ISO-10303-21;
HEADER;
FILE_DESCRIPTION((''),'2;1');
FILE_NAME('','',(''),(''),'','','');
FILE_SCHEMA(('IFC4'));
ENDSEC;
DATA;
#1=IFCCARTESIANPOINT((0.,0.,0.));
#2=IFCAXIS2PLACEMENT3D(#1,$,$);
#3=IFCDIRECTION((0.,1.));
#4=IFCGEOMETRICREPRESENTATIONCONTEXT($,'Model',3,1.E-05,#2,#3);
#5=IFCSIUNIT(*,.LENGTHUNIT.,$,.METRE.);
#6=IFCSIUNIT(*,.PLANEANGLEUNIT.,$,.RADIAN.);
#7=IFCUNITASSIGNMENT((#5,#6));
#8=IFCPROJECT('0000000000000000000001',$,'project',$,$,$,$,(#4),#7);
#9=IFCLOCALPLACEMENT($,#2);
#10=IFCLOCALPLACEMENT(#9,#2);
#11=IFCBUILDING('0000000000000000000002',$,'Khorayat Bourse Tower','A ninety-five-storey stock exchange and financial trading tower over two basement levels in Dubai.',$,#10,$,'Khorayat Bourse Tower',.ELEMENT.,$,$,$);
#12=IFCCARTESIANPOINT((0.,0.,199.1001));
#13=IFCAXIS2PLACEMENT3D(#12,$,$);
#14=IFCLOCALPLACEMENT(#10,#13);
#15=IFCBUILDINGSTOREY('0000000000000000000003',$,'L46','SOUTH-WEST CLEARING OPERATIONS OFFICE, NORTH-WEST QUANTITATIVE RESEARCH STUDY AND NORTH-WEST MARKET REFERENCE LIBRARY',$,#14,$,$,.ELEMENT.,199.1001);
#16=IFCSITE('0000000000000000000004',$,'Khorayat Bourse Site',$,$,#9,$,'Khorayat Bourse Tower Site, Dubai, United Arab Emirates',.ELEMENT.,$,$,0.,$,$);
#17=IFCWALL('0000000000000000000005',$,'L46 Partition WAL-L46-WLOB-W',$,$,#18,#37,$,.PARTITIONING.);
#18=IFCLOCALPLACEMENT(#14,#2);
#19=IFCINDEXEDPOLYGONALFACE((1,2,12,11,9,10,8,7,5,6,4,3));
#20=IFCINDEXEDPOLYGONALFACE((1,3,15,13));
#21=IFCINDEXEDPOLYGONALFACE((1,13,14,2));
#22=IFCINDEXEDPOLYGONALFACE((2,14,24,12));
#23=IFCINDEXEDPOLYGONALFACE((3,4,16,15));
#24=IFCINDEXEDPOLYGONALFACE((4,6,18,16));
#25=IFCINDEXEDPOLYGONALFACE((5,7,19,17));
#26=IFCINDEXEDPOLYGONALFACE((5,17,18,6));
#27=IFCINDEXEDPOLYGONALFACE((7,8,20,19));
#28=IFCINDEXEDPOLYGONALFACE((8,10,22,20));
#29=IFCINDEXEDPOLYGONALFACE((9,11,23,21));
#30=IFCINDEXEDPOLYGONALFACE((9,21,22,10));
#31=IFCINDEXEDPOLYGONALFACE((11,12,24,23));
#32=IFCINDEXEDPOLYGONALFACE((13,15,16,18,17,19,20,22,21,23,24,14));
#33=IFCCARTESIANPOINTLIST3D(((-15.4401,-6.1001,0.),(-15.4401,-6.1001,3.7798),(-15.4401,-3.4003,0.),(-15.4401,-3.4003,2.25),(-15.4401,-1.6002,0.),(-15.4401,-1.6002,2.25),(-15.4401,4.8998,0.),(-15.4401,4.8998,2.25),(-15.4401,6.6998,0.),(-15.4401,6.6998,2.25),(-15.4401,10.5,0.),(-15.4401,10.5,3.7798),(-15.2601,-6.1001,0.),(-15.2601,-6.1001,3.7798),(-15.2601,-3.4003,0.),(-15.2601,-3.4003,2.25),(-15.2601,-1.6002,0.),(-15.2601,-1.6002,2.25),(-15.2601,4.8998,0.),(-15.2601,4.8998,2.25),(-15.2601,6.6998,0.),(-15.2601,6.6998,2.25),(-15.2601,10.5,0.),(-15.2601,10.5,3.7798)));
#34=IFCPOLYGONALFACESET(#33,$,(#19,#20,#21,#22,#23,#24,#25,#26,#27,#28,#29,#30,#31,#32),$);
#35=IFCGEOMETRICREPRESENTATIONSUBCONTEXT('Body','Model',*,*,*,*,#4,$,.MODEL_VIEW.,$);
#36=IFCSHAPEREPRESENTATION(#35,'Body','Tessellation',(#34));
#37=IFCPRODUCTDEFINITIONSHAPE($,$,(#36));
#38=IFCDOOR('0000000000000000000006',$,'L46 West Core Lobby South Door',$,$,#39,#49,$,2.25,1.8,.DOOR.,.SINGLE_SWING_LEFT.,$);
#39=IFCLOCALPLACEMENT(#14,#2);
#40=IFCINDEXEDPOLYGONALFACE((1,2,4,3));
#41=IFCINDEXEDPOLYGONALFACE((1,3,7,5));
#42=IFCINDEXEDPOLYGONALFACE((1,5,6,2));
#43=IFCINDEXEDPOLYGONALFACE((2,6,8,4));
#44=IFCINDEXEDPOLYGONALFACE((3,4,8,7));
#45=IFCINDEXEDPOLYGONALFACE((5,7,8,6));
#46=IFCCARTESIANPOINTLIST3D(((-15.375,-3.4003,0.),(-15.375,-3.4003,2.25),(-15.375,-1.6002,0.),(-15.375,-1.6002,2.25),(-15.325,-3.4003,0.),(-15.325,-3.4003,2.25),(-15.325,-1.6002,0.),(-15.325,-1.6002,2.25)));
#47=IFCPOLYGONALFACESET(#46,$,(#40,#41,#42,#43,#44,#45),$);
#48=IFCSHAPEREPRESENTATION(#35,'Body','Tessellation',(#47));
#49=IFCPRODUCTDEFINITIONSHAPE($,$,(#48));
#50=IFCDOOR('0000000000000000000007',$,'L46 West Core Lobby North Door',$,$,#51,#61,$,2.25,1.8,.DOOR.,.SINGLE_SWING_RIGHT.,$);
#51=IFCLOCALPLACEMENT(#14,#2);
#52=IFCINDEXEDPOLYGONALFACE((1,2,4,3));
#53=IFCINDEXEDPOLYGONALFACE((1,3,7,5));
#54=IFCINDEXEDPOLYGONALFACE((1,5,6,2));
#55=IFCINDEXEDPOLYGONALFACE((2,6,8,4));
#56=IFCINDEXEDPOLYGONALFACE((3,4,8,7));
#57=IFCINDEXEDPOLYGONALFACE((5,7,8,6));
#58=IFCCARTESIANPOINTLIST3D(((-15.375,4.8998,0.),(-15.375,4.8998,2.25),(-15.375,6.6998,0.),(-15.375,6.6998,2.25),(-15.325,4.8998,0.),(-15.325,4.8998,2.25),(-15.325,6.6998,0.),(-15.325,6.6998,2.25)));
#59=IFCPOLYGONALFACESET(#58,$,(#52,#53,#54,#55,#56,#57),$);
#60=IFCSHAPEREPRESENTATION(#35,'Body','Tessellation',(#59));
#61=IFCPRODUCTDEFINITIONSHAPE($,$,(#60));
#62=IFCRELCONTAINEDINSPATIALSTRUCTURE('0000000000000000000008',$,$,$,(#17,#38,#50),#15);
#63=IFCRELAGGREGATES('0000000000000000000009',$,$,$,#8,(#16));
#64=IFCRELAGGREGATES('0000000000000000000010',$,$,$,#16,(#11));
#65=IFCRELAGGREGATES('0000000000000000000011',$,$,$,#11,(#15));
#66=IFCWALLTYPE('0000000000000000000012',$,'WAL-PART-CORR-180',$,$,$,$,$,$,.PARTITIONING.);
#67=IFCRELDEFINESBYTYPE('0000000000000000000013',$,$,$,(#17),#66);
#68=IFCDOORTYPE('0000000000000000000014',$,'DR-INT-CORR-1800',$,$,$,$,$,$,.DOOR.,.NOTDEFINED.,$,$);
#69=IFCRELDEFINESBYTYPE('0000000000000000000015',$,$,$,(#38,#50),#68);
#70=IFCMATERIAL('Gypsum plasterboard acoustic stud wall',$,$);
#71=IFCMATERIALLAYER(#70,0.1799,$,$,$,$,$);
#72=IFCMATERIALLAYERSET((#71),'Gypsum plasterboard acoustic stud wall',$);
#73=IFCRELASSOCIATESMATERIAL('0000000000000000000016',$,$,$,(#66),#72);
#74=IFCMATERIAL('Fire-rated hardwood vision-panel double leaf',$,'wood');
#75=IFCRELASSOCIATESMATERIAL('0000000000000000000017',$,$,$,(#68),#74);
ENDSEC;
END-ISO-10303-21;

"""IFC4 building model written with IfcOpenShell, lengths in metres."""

from ifc_helpers import new_model, si_unit, direction, frame, frame_2d, origin, place, context, subcontext, project, spatial, rectangle, extrude, source, transform, mapped, material, layer, layer_set, type_object, element, fill, save


model = new_model("IFC4")

# Units and contexts
model_context = context("Model", 3, precision=1e-05, world=origin(), true_north=direction((0.0, 1.0)))
body_context = subcontext(model_context, "Body", "Model", "MODEL_VIEW")
ifc_project = project(units=[si_unit("LENGTHUNIT", "METRE"), si_unit("PLANEANGLEUNIT", "RADIAN")], contexts=[model_context])

# Site, building, storey
site_placement = place(None, origin())
site = spatial("IfcSite", under=ifc_project, at=site_placement, Name="Khorayat Bourse Site", LongName="Khorayat Bourse Tower Site, Dubai, United Arab Emirates", CompositionType="ELEMENT", RefElevation=0.0)
building_placement = place(site_placement, origin())
building = spatial("IfcBuilding", under=site, at=building_placement, Name="Khorayat Bourse Tower", Description="A ninety-five-storey stock exchange and financial trading tower over two basement levels in Dubai.", LongName="Khorayat Bourse Tower", CompositionType="ELEMENT")
storey_placement = place(building_placement, frame((0.0, 0.0, 199.1001)))
storey = spatial("IfcBuildingStorey", under=building, at=storey_placement, Name="L46", Description="SOUTH-WEST CLEARING OPERATIONS OFFICE, NORTH-WEST QUANTITATIVE RESEARCH STUDY AND NORTH-WEST MARKET REFERENCE LIBRARY", CompositionType="ELEMENT", Elevation=199.1001)

# Wall, openings, doors
ifc_material_1 = material(Name="Gypsum plasterboard acoustic stud wall")
ifc_layer_1 = layer(ifc_material_1, 0.1799)
ifc_layer_set_1 = layer_set([ifc_layer_1], Name="Gypsum plasterboard acoustic stud wall")
wall_type_1 = type_object("IfcWallType", Name="WAL-PART-CORR-180", PredefinedType="PARTITIONING", material=ifc_layer_set_1)
shared_shape_1 = source(origin(), body_context, "Body", "SweptSolid", [
    extrude(rectangle(XDim=16.6001, YDim=0.1799, at=frame_2d((8.3, 0.0))), origin(), (0.0, 0.0, 1.0), 3.7798),
])
wall_1_placement = place(storey_placement, frame((-15.3501, -6.1001, 0.0), z_axis=(0.0, 0.0, 1.0), x_axis=(0.0, 1.0, 0.0)))
wall_1 = element("IfcWall", 1, at=wall_1_placement, inside=storey, type_object=wall_type_1, Name="L46 Partition WAL-L46-WLOB-W", PredefinedType="PARTITIONING", context=body_context, shape_type="MappedRepresentation", body=[
    mapped(shared_shape_1, transform((0.0, 0.0, 0.0), scale=1.0)),
])
shared_shape_2 = source(origin(), body_context, "Body", "SweptSolid", [
    extrude(rectangle(XDim=1.8, YDim=2.25, at=frame_2d((0.8999, 1.125))), frame((0.0, 0.0999, 0.0), z_axis=(0.0, -1.0, 0.0), x_axis=(1.0, 0.0, 0.0)), (0.0, 0.0, 1.0), 0.2),
])
opening_1_placement = place(wall_1_placement, frame((2.7, 0.0, 0.0)))
opening_1 = element("IfcOpeningElement", 2, at=opening_1_placement, cuts=wall_1, PredefinedType="OPENING", context=body_context, shape_type="MappedRepresentation", body=[
    mapped(shared_shape_2, transform((0.0, 0.0, 0.0), scale=1.0)),
])
opening_2_placement = place(wall_1_placement, frame((11.0, 0.0, 0.0)))
opening_2 = element("IfcOpeningElement", 3, at=opening_2_placement, cuts=wall_1, PredefinedType="OPENING", context=body_context, shape_type="MappedRepresentation", body=[
    mapped(shared_shape_2, transform((0.0, 0.0, 0.0), scale=1.0)),
])
ifc_material_2 = material(Name="Fire-rated hardwood vision-panel double leaf", Category="wood")
door_type_1 = type_object("IfcDoorType", Name="DR-INT-CORR-1800", OperationType="NOTDEFINED", PredefinedType="DOOR", material=ifc_material_2)
shared_shape_3 = source(origin(), body_context, "Body", "SweptSolid", [
    extrude(rectangle(XDim=1.8, YDim=2.25, at=frame_2d((0.8999, 1.125))), frame((0.0, 0.0249, 0.0), z_axis=(0.0, -1.0, 0.0), x_axis=(1.0, 0.0, 0.0)), (0.0, 0.0, 1.0), 0.05),
])
door_1_placement = place(opening_1_placement, origin())
door_1 = element("IfcDoor", 4, at=door_1_placement, inside=storey, type_object=door_type_1, Name="L46 West Core Lobby South Door", OperationType="SINGLE_SWING_LEFT", OverallHeight=2.25, OverallWidth=1.8, PredefinedType="DOOR", context=body_context, shape_type="MappedRepresentation", body=[
    mapped(shared_shape_3, transform((0.0, 0.0, 0.0), scale=1.0)),
])
fill(opening_1, door_1)
door_2_placement = place(opening_2_placement, origin())
door_2 = element("IfcDoor", 5, at=door_2_placement, inside=storey, type_object=door_type_1, Name="L46 West Core Lobby North Door", OperationType="SINGLE_SWING_RIGHT", OverallHeight=2.25, OverallWidth=1.8, PredefinedType="DOOR", context=body_context, shape_type="MappedRepresentation", body=[
    mapped(shared_shape_3, transform((0.0, 0.0, 0.0), scale=1.0)),
])
fill(opening_2, door_2)

save(model, "model.ifc")
